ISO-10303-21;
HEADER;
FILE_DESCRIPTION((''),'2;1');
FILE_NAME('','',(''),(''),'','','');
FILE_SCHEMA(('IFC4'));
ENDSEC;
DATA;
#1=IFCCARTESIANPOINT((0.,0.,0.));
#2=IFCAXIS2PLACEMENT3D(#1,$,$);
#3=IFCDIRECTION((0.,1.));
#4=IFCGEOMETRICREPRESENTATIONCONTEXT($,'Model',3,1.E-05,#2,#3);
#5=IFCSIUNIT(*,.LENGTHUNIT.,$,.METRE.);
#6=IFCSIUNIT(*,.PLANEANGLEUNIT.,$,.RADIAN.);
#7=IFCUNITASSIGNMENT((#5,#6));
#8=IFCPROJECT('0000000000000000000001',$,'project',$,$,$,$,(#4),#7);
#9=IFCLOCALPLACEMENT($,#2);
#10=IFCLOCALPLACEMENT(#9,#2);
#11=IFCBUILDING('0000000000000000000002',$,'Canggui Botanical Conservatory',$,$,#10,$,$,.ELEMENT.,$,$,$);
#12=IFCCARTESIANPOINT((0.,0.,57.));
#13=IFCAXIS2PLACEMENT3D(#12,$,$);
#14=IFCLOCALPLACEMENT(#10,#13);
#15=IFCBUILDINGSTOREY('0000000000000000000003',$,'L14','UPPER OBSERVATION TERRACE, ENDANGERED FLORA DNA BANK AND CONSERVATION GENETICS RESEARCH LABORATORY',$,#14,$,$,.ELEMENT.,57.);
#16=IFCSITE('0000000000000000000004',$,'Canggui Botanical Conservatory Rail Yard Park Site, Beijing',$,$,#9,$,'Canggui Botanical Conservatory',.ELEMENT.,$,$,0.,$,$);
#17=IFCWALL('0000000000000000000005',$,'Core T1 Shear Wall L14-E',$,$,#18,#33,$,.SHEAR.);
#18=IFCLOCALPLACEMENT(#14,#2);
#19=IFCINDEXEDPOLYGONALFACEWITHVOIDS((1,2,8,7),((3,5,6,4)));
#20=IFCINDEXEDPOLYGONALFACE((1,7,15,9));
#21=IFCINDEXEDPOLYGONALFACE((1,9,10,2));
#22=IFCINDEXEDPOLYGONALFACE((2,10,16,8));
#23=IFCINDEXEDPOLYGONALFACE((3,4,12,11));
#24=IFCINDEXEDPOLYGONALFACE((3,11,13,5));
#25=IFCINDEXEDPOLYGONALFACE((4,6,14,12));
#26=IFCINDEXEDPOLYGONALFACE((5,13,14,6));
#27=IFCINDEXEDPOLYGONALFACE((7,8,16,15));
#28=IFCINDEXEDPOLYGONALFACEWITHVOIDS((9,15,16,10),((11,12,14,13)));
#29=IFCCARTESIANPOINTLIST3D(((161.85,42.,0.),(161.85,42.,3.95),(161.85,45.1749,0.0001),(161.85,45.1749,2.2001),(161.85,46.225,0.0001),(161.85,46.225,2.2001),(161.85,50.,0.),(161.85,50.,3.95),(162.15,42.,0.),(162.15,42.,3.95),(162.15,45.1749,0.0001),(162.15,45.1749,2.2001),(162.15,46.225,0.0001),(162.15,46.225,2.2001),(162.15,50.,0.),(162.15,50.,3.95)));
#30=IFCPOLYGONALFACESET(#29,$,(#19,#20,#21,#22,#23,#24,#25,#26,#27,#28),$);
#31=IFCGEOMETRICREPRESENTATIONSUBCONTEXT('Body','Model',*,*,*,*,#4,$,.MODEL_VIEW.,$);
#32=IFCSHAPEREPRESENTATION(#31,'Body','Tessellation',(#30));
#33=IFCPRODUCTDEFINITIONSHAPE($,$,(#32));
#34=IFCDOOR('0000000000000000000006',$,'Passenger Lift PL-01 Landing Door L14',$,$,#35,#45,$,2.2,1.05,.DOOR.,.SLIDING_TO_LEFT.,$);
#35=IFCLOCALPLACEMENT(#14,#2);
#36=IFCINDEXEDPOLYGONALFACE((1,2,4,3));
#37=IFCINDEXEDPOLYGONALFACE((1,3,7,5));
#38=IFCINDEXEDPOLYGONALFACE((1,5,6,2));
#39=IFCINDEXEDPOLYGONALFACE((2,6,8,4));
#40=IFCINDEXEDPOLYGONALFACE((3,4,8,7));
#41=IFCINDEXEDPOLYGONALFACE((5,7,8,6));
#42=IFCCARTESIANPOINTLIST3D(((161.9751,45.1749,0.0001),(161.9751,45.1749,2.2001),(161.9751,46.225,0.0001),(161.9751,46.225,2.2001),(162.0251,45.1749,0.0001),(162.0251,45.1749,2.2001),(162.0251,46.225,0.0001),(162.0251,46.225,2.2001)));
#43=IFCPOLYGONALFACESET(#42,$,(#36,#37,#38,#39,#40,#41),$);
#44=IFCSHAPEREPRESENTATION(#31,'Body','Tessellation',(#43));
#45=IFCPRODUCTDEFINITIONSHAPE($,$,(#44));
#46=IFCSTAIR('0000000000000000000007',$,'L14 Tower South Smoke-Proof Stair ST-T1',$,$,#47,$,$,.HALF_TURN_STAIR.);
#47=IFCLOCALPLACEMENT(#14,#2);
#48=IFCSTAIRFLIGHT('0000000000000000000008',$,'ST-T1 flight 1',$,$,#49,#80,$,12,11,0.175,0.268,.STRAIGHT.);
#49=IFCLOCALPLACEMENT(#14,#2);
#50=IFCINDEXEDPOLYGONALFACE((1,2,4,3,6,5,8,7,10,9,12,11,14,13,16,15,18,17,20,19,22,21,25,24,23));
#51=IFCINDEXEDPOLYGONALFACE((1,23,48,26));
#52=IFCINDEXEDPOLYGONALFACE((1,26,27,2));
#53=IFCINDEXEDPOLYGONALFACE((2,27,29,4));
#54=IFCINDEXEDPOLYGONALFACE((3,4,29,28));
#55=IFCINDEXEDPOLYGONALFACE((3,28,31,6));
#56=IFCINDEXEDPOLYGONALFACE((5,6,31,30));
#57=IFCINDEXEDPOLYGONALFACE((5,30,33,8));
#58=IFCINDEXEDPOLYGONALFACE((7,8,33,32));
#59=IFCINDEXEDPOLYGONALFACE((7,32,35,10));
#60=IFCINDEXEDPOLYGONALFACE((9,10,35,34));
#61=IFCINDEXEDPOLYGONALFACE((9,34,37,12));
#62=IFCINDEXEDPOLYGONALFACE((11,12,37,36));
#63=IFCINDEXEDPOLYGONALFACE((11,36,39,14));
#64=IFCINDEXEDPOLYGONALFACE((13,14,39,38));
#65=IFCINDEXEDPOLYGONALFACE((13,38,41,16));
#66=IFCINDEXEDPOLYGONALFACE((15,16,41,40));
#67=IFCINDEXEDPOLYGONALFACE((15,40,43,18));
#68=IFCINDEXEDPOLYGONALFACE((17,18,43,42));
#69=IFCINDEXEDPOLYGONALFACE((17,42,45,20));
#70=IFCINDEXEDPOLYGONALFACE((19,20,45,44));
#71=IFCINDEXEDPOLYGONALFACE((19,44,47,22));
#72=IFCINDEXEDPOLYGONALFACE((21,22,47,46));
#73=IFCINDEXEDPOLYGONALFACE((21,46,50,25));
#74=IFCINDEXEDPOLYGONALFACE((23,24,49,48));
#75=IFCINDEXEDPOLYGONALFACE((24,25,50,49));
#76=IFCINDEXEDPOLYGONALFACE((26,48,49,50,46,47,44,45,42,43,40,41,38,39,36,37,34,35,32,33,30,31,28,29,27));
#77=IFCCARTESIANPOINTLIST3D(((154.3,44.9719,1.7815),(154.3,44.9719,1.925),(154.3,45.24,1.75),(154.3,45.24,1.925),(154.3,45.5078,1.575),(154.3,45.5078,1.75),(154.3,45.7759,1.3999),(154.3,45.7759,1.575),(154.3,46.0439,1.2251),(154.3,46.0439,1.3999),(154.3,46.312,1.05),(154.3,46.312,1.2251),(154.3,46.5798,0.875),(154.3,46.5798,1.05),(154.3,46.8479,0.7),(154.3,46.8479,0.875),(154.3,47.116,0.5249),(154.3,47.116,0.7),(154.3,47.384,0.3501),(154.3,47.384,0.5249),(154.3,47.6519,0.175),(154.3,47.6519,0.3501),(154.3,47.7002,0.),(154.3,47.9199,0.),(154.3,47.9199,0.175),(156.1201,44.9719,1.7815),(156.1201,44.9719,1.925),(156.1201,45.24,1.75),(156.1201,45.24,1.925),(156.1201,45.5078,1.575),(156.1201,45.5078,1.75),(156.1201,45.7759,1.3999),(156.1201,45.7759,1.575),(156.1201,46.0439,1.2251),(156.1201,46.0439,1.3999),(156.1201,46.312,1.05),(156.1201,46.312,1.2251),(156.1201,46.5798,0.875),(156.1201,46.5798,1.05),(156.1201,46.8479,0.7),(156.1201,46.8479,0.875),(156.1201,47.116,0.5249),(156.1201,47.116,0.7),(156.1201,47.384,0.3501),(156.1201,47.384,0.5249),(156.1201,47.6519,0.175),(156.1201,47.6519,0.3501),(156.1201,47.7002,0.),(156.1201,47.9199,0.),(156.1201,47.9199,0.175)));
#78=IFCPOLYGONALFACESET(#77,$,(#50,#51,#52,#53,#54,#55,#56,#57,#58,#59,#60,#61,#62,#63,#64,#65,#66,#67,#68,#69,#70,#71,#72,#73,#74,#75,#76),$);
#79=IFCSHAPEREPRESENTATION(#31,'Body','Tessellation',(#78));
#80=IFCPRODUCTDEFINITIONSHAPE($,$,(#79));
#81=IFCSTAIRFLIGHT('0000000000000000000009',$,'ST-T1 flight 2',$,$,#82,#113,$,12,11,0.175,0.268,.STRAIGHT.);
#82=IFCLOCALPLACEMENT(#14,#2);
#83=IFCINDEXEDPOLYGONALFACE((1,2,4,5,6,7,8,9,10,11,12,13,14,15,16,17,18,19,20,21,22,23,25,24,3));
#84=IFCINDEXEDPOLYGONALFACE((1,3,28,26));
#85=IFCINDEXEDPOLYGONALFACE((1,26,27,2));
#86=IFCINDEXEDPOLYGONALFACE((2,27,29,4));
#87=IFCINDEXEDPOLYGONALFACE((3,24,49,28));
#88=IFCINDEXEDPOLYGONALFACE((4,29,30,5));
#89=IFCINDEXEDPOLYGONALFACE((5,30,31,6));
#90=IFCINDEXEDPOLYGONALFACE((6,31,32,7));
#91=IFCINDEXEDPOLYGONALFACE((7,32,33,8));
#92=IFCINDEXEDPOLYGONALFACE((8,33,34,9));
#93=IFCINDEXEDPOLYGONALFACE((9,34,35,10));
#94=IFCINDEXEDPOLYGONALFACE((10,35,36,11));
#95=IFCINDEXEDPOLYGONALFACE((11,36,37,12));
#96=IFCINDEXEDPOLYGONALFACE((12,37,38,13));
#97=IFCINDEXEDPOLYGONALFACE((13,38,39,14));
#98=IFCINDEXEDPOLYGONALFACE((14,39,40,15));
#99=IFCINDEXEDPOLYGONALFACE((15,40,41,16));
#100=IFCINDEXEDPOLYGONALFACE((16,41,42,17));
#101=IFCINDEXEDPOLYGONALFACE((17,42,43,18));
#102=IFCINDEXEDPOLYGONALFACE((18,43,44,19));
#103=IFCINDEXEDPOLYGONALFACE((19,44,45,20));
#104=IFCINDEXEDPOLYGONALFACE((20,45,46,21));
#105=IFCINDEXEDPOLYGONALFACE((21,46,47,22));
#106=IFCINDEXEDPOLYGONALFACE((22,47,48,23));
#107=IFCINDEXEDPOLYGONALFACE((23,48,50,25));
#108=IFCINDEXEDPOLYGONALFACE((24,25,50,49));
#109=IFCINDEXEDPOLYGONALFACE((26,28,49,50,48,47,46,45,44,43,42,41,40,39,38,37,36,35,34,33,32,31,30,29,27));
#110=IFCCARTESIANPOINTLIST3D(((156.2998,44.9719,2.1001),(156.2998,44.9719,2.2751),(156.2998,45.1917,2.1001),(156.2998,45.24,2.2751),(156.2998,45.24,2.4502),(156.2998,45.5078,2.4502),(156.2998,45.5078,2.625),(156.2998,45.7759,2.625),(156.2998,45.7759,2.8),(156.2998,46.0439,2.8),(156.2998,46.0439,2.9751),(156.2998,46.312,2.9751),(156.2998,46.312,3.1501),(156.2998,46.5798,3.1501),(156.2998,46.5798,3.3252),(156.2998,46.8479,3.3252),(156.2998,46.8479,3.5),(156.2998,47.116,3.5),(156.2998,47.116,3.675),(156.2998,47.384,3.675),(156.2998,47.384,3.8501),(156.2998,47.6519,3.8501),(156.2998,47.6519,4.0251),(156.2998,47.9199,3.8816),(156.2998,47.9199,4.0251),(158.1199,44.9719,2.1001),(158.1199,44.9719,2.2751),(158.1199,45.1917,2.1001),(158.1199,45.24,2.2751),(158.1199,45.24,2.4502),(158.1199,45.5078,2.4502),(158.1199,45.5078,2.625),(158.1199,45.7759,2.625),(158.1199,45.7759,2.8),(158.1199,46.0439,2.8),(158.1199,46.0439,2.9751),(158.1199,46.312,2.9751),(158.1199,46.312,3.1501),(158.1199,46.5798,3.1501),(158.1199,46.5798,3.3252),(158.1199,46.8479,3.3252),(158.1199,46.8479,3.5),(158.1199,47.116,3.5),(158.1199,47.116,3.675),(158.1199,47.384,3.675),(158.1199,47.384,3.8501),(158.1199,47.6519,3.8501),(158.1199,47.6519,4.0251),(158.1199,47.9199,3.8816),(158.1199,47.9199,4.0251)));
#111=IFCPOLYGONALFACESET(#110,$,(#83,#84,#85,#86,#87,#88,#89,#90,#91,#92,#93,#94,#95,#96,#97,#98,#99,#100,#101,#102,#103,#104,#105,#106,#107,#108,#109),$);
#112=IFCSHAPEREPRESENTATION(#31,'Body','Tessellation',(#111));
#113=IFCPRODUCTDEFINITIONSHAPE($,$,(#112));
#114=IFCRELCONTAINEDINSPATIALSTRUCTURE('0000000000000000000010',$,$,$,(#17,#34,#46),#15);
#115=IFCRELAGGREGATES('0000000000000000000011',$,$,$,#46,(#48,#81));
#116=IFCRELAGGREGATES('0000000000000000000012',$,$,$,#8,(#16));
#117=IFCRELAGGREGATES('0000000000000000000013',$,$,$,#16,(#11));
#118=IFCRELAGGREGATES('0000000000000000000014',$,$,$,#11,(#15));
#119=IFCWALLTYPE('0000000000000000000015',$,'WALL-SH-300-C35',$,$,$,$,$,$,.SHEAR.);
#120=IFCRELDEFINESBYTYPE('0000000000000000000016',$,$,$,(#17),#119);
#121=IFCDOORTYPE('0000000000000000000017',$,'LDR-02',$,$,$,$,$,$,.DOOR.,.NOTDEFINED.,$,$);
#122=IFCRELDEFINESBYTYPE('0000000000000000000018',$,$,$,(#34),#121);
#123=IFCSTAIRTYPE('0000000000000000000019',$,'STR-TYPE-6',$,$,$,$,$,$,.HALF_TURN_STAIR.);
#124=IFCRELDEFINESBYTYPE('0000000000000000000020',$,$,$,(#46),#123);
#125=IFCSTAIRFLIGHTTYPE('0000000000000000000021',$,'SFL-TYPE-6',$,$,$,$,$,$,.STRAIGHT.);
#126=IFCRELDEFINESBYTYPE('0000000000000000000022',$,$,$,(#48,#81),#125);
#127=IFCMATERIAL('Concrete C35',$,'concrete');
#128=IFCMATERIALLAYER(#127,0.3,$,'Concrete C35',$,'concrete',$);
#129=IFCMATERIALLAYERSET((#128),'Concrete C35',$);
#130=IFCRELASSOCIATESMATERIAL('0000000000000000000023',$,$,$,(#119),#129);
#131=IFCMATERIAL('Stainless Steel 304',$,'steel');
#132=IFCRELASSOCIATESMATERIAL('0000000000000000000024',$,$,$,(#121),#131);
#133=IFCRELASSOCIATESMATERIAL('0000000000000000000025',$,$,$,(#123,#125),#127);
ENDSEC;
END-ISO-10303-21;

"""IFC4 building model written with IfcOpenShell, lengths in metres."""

from ifc_helpers import new_model, si_unit, direction, frame, frame_2d, origin, place, context, subcontext, project, spatial, polyline, rectangle, outline, extrude, material, layer, layer_set, type_object, element, fill, aggregate, save


model = new_model("IFC4")

# Units and contexts
model_context = context("Model", 3, precision=1e-05, world=origin(), true_north=direction((0.0, 1.0)))
body_context = subcontext(model_context, "Body", "Model", "MODEL_VIEW")
ifc_project = project(units=[si_unit("LENGTHUNIT", "METRE"), si_unit("PLANEANGLEUNIT", "RADIAN")], contexts=[model_context])

# Site, building, storey
site_placement = place(None, origin())
site = spatial("IfcSite", under=ifc_project, at=site_placement, Name="Canggui Botanical Conservatory Rail Yard Park Site, Beijing", LongName="Canggui Botanical Conservatory", CompositionType="ELEMENT", RefElevation=0.0)
building_placement = place(site_placement, origin())
building = spatial("IfcBuilding", under=site, at=building_placement, Name="Canggui Botanical Conservatory", CompositionType="ELEMENT")
storey_placement = place(building_placement, frame((0.0, 0.0, 57.0)))
storey = spatial("IfcBuildingStorey", under=building, at=storey_placement, Name="L14", Description="UPPER OBSERVATION TERRACE, ENDANGERED FLORA DNA BANK AND CONSERVATION GENETICS RESEARCH LABORATORY", CompositionType="ELEMENT", Elevation=57.0)

# Shared definitions
ifc_material_1 = material(Name="Concrete C35", Category="concrete")

# Wall, opening, door
ifc_layer_1 = layer(ifc_material_1, 0.3, Name="Concrete C35", Category="concrete")
ifc_layer_set_1 = layer_set([ifc_layer_1], Name="Concrete C35")
wall_type_1 = type_object("IfcWallType", Name="WALL-SH-300-C35", PredefinedType="SHEAR", material=ifc_layer_set_1)
wall_1_placement = place(storey_placement, frame((162.0, 42.0, 0.0), z_axis=(0.0, 0.0, 1.0), x_axis=(0.0, 1.0, 0.0)))
wall_1 = element("IfcWall", 1, at=wall_1_placement, inside=storey, type_object=wall_type_1, Name="Core T1 Shear Wall L14-E", PredefinedType="SHEAR", context=body_context, shape_type="SweptSolid", body=[
    extrude(rectangle(XDim=8.0, YDim=0.3, at=frame_2d((4.0, 0.0))), origin(), (0.0, 0.0, 1.0), 3.95),
])
opening_1_placement = place(wall_1_placement, frame((3.175, 0.0, 0.0)))
opening_1 = element("IfcOpeningElement", 2, at=opening_1_placement, cuts=wall_1, PredefinedType="OPENING", context=body_context, shape_type="SweptSolid", body=[
    extrude(rectangle(XDim=1.05, YDim=2.2, at=frame_2d((0.5249, 1.1001))), frame((0.0, 0.1602, 0.0), z_axis=(0.0, -1.0, 0.0), x_axis=(1.0, 0.0, 0.0)), (0.0, 0.0, 1.0), 0.3201),
])
ifc_material_2 = material(Name="Stainless Steel 304", Category="steel")
door_type_1 = type_object("IfcDoorType", Name="LDR-02", OperationType="NOTDEFINED", PredefinedType="DOOR", material=ifc_material_2)
door_1_placement = place(opening_1_placement, origin())
door_1 = element("IfcDoor", 3, at=door_1_placement, inside=storey, type_object=door_type_1, Name="Passenger Lift PL-01 Landing Door L14", OperationType="SLIDING_TO_LEFT", OverallHeight=2.2, OverallWidth=1.05, PredefinedType="DOOR", context=body_context, shape_type="SweptSolid", body=[
    extrude(rectangle(XDim=1.05, YDim=2.2, at=frame_2d((0.5249, 1.1001))), frame((0.0, 0.0249, 0.0), z_axis=(0.0, -1.0, 0.0), x_axis=(1.0, 0.0, 0.0)), (0.0, 0.0, 1.0), 0.05),
])
fill(opening_1, door_1)

# Stair, stair flights
stair_type = type_object("IfcStairType", Name="STR-TYPE-6", PredefinedType="HALF_TURN_STAIR", material=ifc_material_1)
stair_placement = place(storey_placement, origin())
stair = element("IfcStair", 4, at=stair_placement, inside=storey, type_object=stair_type, Name="L14 Tower South Smoke-Proof Stair ST-T1", PredefinedType="HALF_TURN_STAIR")
stair_flight_type = type_object("IfcStairFlightType", Name="SFL-TYPE-6", PredefinedType="STRAIGHT", material=ifc_material_1)
stair_flight_1_placement = place(storey_placement, frame((155.21, 47.9199, 0.0), z_axis=(0.0, 0.0, 1.0), x_axis=(0.0, -1.0, 0.0)))
stair_flight_1 = element("IfcStairFlight", 5, at=stair_flight_1_placement, type_object=stair_flight_type, Name="ST-T1 flight 1", NumberOfRisers=12, NumberOfTreads=11, PredefinedType="STRAIGHT", RiserHeight=0.175, TreadLength=0.268, context=body_context, shape_type="SweptSolid", body=[
    extrude(outline(polyline([(0.0, 0.0), (0.0, 0.175), (0.2681, 0.175), (0.2681, 0.3501), (0.5359, 0.3501), (0.5359, 0.5249), (0.804, 0.5249), (0.804, 0.7), (1.072, 0.7), (1.072, 0.875), (1.3401, 0.875), (1.3401, 1.05), (1.6079, 1.05), (1.6079, 1.2251), (1.876, 1.2251), (1.876, 1.3999), (2.144, 1.3999), (2.144, 1.575), (2.4121, 1.575), (2.4121, 1.75), (2.6799, 1.75), (2.6799, 1.925), (2.948, 1.925), (2.948, 2.1001), (2.948, 1.7815), (0.2197, 0.0), (0.0, 0.0)])), frame((0.0, 0.9102, 0.0), z_axis=(0.0, -1.0, 0.0), x_axis=(1.0, 0.0, 0.0)), (0.0, 0.0, 1.0), 1.8201),
])
stair_flight_2_placement = place(storey_placement, frame((157.21, 44.9719, 2.1001), z_axis=(0.0, 0.0, 1.0), x_axis=(0.0, 1.0, 0.0)))
stair_flight_2 = element("IfcStairFlight", 6, at=stair_flight_2_placement, type_object=stair_flight_type, Name="ST-T1 flight 2", NumberOfRisers=12, NumberOfTreads=11, PredefinedType="STRAIGHT", RiserHeight=0.175, TreadLength=0.268, context=body_context, shape_type="SweptSolid", body=[
    extrude(outline(polyline([(0.0, 0.0), (0.0, 0.175), (0.2681, 0.175), (0.2681, 0.3501), (0.5359, 0.3501), (0.5359, 0.5249), (0.804, 0.5249), (0.804, 0.7), (1.072, 0.7), (1.072, 0.875), (1.3401, 0.875), (1.3401, 1.05), (1.6079, 1.05), (1.6079, 1.2251), (1.876, 1.2251), (1.876, 1.3999), (2.144, 1.3999), (2.144, 1.575), (2.4121, 1.575), (2.4121, 1.75), (2.6799, 1.75), (2.6799, 1.925), (2.948, 1.925), (2.948, 2.1001), (2.948, 1.7815), (0.2197, 0.0), (0.0, 0.0)])), frame((0.0, 0.9102, 0.0), z_axis=(0.0, -1.0, 0.0), x_axis=(1.0, 0.0, 0.0)), (0.0, 0.0, 1.0), 1.8201),
])
aggregate(stair, [stair_flight_1, stair_flight_2])

save(model, "model.ifc")
